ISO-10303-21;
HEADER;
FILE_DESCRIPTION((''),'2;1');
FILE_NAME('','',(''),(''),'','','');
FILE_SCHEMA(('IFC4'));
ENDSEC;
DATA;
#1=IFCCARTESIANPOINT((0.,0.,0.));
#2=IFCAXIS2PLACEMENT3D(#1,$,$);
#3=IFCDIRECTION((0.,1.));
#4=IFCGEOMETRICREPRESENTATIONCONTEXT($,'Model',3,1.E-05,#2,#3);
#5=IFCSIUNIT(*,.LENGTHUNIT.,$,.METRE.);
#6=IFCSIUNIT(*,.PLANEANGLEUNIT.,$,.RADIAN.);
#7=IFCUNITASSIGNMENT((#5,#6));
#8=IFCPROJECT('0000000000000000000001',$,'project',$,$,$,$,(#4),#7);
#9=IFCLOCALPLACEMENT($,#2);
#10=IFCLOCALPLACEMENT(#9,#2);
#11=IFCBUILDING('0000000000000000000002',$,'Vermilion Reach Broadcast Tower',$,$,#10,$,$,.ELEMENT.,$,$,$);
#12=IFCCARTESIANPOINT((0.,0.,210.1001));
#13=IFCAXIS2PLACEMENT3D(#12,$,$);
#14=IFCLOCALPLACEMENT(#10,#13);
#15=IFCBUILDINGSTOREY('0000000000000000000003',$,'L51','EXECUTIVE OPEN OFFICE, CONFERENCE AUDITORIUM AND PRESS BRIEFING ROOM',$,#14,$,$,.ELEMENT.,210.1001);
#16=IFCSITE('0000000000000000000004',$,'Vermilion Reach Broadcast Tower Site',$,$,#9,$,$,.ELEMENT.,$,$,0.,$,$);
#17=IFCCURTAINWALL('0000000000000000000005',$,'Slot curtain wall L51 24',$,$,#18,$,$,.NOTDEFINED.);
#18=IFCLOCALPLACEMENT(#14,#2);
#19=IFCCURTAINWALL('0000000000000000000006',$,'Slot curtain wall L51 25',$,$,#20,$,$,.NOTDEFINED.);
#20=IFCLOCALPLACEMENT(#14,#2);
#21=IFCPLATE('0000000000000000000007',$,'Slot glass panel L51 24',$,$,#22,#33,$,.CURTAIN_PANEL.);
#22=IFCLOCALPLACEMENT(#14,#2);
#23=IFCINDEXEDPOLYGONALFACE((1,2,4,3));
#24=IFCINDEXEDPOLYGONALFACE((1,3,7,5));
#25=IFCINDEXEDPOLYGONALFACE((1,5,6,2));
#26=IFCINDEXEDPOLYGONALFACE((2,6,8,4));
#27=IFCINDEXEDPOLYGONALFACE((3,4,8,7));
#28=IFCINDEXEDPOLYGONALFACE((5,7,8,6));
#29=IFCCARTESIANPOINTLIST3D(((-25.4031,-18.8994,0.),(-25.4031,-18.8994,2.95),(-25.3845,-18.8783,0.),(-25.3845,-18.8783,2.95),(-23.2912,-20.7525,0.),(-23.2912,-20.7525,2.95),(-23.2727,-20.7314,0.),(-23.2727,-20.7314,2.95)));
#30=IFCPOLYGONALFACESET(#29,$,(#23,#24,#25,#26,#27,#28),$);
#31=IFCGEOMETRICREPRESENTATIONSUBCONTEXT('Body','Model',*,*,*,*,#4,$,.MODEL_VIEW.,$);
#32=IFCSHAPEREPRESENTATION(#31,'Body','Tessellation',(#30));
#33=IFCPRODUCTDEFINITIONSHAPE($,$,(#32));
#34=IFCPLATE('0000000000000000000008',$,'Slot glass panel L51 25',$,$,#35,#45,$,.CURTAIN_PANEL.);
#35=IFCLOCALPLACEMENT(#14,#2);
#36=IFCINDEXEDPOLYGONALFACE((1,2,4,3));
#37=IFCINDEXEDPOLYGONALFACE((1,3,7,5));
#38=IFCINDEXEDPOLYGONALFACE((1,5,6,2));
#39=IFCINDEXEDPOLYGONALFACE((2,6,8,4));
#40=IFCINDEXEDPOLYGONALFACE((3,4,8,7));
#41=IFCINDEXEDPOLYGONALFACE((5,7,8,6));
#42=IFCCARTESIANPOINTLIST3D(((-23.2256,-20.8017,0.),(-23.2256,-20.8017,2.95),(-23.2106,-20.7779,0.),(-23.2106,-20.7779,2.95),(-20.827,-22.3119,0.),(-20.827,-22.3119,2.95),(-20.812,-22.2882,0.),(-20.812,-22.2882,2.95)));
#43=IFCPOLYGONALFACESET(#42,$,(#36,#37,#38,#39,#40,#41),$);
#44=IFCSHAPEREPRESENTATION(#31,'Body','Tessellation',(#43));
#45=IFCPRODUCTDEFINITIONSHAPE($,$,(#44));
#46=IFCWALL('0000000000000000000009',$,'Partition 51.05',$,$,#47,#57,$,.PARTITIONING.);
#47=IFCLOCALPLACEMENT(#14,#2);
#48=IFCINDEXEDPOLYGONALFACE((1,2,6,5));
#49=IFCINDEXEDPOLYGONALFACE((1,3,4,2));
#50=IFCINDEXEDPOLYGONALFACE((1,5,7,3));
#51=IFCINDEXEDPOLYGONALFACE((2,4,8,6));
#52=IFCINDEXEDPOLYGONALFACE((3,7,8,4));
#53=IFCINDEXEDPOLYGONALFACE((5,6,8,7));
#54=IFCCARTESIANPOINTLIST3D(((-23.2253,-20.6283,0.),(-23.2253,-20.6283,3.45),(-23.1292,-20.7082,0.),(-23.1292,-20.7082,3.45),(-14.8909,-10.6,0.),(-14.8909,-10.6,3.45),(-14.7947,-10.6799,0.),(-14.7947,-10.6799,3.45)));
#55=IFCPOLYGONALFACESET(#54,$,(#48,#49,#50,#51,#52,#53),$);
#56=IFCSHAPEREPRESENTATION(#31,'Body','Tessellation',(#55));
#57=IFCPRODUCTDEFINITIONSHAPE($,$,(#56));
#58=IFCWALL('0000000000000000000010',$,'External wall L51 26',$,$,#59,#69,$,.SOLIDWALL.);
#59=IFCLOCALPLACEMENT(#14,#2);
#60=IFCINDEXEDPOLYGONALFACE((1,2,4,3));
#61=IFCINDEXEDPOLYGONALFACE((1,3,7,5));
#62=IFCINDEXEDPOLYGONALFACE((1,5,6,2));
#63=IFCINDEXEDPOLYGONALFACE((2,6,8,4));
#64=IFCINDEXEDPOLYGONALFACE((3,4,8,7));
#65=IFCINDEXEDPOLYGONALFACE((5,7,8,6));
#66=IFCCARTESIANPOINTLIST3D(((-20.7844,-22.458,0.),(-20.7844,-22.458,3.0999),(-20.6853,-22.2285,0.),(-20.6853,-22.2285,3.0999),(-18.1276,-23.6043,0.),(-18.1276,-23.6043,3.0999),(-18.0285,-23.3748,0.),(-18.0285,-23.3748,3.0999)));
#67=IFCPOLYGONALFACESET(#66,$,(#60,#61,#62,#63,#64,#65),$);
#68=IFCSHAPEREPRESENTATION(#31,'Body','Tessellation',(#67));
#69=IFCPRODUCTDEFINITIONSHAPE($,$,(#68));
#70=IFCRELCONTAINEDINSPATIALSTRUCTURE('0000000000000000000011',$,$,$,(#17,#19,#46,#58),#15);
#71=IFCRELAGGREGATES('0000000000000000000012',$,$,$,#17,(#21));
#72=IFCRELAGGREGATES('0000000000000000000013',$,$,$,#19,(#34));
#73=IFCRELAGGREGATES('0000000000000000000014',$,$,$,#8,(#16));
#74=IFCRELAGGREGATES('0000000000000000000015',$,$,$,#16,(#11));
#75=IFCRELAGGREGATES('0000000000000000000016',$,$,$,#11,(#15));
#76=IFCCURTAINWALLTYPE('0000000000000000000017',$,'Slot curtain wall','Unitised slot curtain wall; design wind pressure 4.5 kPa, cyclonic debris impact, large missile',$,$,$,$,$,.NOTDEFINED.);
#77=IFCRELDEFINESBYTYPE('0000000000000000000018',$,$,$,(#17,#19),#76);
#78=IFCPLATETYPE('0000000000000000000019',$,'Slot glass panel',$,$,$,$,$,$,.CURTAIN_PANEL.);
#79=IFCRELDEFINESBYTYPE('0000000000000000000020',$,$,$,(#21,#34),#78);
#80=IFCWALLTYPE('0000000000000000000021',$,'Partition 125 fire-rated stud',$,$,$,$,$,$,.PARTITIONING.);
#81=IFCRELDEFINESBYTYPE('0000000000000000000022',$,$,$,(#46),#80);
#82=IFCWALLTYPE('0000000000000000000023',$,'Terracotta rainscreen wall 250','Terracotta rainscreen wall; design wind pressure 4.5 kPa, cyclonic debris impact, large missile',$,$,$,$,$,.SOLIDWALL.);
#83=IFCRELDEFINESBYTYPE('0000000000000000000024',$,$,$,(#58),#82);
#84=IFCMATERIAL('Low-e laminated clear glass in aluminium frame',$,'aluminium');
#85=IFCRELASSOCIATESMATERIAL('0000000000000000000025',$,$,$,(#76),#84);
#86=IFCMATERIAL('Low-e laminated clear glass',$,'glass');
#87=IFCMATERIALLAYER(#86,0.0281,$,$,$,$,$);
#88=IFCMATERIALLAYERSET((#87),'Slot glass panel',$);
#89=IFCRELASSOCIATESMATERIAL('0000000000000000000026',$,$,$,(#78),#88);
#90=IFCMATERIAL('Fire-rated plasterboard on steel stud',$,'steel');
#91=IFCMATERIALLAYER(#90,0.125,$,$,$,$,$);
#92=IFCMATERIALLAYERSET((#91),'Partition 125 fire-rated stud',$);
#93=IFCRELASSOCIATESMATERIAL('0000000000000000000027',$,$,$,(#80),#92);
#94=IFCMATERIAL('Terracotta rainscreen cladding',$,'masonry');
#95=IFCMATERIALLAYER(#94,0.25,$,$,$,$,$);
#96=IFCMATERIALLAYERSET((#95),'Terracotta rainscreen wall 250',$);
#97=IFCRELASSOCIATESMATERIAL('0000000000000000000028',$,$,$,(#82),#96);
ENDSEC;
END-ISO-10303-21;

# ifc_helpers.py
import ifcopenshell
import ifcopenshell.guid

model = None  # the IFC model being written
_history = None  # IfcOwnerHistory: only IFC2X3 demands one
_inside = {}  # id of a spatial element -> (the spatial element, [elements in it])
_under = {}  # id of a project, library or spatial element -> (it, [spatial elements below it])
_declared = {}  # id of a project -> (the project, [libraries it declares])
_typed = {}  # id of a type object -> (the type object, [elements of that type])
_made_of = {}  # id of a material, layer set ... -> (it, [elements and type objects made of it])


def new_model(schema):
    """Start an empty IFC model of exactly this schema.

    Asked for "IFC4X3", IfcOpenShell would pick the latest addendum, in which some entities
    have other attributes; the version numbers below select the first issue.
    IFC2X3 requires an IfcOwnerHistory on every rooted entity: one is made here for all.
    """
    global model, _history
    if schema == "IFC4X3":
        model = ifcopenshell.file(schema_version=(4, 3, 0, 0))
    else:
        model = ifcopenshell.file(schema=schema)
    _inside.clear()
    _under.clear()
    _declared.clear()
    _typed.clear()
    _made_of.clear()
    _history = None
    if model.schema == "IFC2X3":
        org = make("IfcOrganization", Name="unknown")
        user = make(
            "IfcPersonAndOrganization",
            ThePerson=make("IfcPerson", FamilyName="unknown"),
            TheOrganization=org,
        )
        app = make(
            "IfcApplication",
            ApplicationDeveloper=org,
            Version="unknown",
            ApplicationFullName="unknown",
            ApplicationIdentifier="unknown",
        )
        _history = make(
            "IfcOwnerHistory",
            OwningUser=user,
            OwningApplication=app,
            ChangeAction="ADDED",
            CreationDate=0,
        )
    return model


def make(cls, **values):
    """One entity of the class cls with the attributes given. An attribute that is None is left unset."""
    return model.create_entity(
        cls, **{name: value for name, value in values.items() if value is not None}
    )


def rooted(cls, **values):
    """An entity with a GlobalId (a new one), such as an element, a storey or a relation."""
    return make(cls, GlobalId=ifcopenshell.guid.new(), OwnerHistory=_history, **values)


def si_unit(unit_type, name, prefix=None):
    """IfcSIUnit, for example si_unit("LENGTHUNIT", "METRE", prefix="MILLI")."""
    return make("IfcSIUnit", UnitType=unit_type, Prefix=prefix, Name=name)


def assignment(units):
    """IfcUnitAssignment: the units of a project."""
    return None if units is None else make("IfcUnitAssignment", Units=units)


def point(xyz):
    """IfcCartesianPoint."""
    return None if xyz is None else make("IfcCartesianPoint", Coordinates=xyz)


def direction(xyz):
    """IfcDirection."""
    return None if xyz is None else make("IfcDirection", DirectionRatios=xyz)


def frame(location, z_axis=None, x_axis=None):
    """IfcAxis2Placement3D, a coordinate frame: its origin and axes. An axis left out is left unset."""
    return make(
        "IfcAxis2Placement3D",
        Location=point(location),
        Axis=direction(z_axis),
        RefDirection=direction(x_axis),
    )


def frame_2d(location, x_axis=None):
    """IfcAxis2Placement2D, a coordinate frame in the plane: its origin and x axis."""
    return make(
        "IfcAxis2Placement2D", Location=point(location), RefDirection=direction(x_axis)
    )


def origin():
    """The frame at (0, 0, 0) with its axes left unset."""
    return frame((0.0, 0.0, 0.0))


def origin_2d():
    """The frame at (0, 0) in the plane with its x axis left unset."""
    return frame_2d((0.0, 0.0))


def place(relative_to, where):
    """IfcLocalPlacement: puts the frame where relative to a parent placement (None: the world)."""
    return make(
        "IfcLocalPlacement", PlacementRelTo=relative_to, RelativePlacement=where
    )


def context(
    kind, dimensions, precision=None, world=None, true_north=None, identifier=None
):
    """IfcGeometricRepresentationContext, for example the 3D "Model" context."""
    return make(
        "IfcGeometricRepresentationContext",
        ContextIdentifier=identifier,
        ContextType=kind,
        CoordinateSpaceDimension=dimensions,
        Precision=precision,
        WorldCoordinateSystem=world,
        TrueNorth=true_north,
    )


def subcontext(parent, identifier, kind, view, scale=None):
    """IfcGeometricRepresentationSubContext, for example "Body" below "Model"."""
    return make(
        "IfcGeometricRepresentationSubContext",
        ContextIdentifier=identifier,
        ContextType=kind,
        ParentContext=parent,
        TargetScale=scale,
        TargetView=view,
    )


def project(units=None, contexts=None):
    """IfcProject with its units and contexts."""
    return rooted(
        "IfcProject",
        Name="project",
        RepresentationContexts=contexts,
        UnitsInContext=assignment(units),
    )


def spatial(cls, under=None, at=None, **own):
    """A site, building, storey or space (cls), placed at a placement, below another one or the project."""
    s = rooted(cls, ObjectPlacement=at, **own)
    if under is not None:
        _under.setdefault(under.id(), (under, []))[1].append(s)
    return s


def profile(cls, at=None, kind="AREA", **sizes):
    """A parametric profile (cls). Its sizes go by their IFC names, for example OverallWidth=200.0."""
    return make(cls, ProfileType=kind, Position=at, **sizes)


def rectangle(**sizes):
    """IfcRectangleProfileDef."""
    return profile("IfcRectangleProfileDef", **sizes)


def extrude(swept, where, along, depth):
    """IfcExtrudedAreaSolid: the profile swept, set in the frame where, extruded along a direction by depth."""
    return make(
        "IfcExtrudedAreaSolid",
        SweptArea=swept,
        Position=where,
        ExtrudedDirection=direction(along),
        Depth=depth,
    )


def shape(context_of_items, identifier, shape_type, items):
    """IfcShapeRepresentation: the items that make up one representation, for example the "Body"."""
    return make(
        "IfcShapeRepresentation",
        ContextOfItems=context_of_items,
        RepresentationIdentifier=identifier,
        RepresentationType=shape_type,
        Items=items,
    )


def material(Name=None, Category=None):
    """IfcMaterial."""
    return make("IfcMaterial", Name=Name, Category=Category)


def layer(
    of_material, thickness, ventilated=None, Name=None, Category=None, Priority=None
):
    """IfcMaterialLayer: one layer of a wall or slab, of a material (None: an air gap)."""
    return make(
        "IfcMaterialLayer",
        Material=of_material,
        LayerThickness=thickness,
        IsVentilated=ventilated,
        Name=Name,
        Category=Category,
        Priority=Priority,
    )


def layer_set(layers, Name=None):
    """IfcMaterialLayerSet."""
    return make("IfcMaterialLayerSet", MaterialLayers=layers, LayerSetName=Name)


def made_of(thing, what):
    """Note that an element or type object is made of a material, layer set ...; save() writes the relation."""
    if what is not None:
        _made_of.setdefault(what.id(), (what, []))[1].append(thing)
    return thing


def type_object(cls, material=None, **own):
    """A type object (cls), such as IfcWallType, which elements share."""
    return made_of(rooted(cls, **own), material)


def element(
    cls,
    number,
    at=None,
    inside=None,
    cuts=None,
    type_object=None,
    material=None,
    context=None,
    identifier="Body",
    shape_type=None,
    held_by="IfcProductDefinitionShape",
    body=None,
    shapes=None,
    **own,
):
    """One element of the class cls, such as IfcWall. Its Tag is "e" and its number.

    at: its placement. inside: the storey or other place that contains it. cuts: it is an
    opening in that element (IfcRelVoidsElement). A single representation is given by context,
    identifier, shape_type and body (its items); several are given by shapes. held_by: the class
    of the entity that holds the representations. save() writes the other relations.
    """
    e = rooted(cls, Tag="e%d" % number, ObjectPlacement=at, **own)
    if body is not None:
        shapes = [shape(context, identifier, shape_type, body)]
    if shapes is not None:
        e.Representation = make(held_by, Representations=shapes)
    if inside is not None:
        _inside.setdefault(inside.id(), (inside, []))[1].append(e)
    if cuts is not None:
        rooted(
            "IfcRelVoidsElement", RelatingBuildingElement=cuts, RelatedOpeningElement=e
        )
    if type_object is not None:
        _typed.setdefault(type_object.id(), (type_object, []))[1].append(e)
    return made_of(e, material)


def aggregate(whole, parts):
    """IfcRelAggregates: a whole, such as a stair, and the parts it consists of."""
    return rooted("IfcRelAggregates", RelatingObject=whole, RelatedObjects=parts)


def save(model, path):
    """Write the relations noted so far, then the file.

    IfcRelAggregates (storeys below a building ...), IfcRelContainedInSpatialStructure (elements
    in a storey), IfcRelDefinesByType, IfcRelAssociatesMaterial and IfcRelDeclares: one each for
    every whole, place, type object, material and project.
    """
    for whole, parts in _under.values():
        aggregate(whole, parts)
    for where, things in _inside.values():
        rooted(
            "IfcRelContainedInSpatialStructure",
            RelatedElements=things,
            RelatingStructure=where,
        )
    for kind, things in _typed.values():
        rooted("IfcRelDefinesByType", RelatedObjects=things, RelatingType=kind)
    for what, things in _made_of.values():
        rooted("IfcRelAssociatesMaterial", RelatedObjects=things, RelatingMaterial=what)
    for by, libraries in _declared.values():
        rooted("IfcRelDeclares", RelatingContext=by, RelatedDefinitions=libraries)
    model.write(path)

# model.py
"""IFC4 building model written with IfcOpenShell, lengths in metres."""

from ifc_helpers import new_model, si_unit, direction, frame, frame_2d, origin, origin_2d, place, context, subcontext, project, spatial, rectangle, extrude, material, layer, layer_set, type_object, element, aggregate, save


model = new_model("IFC4")

# Units and contexts
model_context = context("Model", 3, precision=1e-05, world=origin(), true_north=direction((0.0, 1.0)))
body_context = subcontext(model_context, "Body", "Model", "MODEL_VIEW")
ifc_project = project(units=[si_unit("LENGTHUNIT", "METRE"), si_unit("PLANEANGLEUNIT", "RADIAN")], contexts=[model_context])

# Site, building, storey
site_placement = place(None, origin())
site = spatial("IfcSite", under=ifc_project, at=site_placement, Name="Vermilion Reach Broadcast Tower Site", CompositionType="ELEMENT", RefElevation=0.0)
building_placement = place(site_placement, origin())
building = spatial("IfcBuilding", under=site, at=building_placement, Name="Vermilion Reach Broadcast Tower", CompositionType="ELEMENT")
storey_placement = place(building_placement, frame((0.0, 0.0, 210.1001)))
storey = spatial("IfcBuildingStorey", under=building, at=storey_placement, Name="L51", Description="EXECUTIVE OPEN OFFICE, CONFERENCE AUDITORIUM AND PRESS BRIEFING ROOM", CompositionType="ELEMENT", Elevation=210.1001)

# Curtain wall
ifc_material_1 = material(Name="Low-e laminated clear glass in aluminium frame", Category="aluminium")
curtain_wall_type = type_object("IfcCurtainWallType", Name="Slot curtain wall", Description="Unitised slot curtain wall; design wind pressure 4.5 kPa, cyclonic debris impact, large missile", PredefinedType="NOTDEFINED", material=ifc_material_1)
placement = place(storey_placement, origin())
curtain_wall_1 = element("IfcCurtainWall", 1, at=placement, inside=storey, type_object=curtain_wall_type, Name="Slot curtain wall L51 24", PredefinedType="NOTDEFINED")

# Curtain wall
curtain_wall_2 = element("IfcCurtainWall", 2, at=placement, inside=storey, type_object=curtain_wall_type, Name="Slot curtain wall L51 25", PredefinedType="NOTDEFINED")

# Shared definitions
ifc_material_2 = material(Name="Low-e laminated clear glass", Category="glass")
ifc_layer_1 = layer(ifc_material_2, 0.0281)
ifc_layer_set_1 = layer_set([ifc_layer_1], Name="Slot glass panel")
plate_type = type_object("IfcPlateType", Name="Slot glass panel", PredefinedType="CURTAIN_PANEL", material=ifc_layer_set_1)

# Plates
plate_1_placement = place(storey_placement, frame((-24.3379, -19.8154, 0.0), z_axis=(0.0, 0.0, 1.0), x_axis=(0.751647, -0.659566, 0.0)))
plate_1 = element("IfcPlate", 3, at=plate_1_placement, type_object=plate_type, Name="Slot glass panel L51 24", PredefinedType="CURTAIN_PANEL", context=body_context, shape_type="SweptSolid", body=[
    extrude(rectangle(XDim=2.8096, YDim=0.0281, at=origin_2d()), origin(), (0.0, 0.0, 1.0), 2.95),
])
aggregate(curtain_wall_1, [plate_1])
plate_2_placement = place(storey_placement, frame((-22.0188, -21.5449, 0.0), z_axis=(0.0, 0.0, 1.0), x_axis=(0.846235, -0.532809, 0.0)))
plate_2 = element("IfcPlate", 4, at=plate_2_placement, type_object=plate_type, Name="Slot glass panel L51 25", PredefinedType="CURTAIN_PANEL", context=body_context, shape_type="SweptSolid", body=[
    extrude(rectangle(XDim=2.8345, YDim=0.0281, at=origin_2d()), origin(), (0.0, 0.0, 1.0), 2.95),
])
aggregate(curtain_wall_2, [plate_2])

# Walls
ifc_material_3 = material(Name="Fire-rated plasterboard on steel stud", Category="steel")
ifc_layer_2 = layer(ifc_material_3, 0.125)
ifc_layer_set_2 = layer_set([ifc_layer_2], Name="Partition 125 fire-rated stud")
wall_type_1 = type_object("IfcWallType", Name="Partition 125 fire-rated stud", PredefinedType="PARTITIONING", material=ifc_layer_set_2)
wall_1_placement = place(storey_placement, frame((-23.1772, -20.6682, 0.0), z_axis=(0.0, 0.0, 1.0), x_axis=(0.639167, 0.769068, 0.0)))
element("IfcWall", 5, at=wall_1_placement, inside=storey, type_object=wall_type_1, Name="Partition 51.05", PredefinedType="PARTITIONING", context=body_context, shape_type="SweptSolid", body=[
    extrude(rectangle(XDim=13.0396, YDim=0.125, at=frame_2d((6.5198, 0.0))), origin(), (0.0, 0.0, 1.0), 3.45),
])
ifc_material_4 = material(Name="Terracotta rainscreen cladding", Category="masonry")
ifc_layer_3 = layer(ifc_material_4, 0.25)
ifc_layer_set_3 = layer_set([ifc_layer_3], Name="Terracotta rainscreen wall 250")
wall_type_2 = type_object("IfcWallType", Name="Terracotta rainscreen wall 250", Description="Terracotta rainscreen wall; design wind pressure 4.5 kPa, cyclonic debris impact, large missile", PredefinedType="SOLIDWALL", material=ifc_layer_set_3)
wall_2_placement = place(storey_placement, frame((-20.7349, -22.3433, 0.0), z_axis=(0.0, 0.0, 1.0), x_axis=(0.918187, -0.396148, 0.0)))
element("IfcWall", 6, at=wall_2_placement, inside=storey, type_object=wall_type_2, Name="External wall L51 26", PredefinedType="SOLIDWALL", context=body_context, shape_type="SweptSolid", body=[
    extrude(rectangle(XDim=2.8936, YDim=0.25, at=frame_2d((1.4468, 0.0))), origin(), (0.0, 0.0, 1.0), 3.0999),
])

save(model, "model.ifc")
